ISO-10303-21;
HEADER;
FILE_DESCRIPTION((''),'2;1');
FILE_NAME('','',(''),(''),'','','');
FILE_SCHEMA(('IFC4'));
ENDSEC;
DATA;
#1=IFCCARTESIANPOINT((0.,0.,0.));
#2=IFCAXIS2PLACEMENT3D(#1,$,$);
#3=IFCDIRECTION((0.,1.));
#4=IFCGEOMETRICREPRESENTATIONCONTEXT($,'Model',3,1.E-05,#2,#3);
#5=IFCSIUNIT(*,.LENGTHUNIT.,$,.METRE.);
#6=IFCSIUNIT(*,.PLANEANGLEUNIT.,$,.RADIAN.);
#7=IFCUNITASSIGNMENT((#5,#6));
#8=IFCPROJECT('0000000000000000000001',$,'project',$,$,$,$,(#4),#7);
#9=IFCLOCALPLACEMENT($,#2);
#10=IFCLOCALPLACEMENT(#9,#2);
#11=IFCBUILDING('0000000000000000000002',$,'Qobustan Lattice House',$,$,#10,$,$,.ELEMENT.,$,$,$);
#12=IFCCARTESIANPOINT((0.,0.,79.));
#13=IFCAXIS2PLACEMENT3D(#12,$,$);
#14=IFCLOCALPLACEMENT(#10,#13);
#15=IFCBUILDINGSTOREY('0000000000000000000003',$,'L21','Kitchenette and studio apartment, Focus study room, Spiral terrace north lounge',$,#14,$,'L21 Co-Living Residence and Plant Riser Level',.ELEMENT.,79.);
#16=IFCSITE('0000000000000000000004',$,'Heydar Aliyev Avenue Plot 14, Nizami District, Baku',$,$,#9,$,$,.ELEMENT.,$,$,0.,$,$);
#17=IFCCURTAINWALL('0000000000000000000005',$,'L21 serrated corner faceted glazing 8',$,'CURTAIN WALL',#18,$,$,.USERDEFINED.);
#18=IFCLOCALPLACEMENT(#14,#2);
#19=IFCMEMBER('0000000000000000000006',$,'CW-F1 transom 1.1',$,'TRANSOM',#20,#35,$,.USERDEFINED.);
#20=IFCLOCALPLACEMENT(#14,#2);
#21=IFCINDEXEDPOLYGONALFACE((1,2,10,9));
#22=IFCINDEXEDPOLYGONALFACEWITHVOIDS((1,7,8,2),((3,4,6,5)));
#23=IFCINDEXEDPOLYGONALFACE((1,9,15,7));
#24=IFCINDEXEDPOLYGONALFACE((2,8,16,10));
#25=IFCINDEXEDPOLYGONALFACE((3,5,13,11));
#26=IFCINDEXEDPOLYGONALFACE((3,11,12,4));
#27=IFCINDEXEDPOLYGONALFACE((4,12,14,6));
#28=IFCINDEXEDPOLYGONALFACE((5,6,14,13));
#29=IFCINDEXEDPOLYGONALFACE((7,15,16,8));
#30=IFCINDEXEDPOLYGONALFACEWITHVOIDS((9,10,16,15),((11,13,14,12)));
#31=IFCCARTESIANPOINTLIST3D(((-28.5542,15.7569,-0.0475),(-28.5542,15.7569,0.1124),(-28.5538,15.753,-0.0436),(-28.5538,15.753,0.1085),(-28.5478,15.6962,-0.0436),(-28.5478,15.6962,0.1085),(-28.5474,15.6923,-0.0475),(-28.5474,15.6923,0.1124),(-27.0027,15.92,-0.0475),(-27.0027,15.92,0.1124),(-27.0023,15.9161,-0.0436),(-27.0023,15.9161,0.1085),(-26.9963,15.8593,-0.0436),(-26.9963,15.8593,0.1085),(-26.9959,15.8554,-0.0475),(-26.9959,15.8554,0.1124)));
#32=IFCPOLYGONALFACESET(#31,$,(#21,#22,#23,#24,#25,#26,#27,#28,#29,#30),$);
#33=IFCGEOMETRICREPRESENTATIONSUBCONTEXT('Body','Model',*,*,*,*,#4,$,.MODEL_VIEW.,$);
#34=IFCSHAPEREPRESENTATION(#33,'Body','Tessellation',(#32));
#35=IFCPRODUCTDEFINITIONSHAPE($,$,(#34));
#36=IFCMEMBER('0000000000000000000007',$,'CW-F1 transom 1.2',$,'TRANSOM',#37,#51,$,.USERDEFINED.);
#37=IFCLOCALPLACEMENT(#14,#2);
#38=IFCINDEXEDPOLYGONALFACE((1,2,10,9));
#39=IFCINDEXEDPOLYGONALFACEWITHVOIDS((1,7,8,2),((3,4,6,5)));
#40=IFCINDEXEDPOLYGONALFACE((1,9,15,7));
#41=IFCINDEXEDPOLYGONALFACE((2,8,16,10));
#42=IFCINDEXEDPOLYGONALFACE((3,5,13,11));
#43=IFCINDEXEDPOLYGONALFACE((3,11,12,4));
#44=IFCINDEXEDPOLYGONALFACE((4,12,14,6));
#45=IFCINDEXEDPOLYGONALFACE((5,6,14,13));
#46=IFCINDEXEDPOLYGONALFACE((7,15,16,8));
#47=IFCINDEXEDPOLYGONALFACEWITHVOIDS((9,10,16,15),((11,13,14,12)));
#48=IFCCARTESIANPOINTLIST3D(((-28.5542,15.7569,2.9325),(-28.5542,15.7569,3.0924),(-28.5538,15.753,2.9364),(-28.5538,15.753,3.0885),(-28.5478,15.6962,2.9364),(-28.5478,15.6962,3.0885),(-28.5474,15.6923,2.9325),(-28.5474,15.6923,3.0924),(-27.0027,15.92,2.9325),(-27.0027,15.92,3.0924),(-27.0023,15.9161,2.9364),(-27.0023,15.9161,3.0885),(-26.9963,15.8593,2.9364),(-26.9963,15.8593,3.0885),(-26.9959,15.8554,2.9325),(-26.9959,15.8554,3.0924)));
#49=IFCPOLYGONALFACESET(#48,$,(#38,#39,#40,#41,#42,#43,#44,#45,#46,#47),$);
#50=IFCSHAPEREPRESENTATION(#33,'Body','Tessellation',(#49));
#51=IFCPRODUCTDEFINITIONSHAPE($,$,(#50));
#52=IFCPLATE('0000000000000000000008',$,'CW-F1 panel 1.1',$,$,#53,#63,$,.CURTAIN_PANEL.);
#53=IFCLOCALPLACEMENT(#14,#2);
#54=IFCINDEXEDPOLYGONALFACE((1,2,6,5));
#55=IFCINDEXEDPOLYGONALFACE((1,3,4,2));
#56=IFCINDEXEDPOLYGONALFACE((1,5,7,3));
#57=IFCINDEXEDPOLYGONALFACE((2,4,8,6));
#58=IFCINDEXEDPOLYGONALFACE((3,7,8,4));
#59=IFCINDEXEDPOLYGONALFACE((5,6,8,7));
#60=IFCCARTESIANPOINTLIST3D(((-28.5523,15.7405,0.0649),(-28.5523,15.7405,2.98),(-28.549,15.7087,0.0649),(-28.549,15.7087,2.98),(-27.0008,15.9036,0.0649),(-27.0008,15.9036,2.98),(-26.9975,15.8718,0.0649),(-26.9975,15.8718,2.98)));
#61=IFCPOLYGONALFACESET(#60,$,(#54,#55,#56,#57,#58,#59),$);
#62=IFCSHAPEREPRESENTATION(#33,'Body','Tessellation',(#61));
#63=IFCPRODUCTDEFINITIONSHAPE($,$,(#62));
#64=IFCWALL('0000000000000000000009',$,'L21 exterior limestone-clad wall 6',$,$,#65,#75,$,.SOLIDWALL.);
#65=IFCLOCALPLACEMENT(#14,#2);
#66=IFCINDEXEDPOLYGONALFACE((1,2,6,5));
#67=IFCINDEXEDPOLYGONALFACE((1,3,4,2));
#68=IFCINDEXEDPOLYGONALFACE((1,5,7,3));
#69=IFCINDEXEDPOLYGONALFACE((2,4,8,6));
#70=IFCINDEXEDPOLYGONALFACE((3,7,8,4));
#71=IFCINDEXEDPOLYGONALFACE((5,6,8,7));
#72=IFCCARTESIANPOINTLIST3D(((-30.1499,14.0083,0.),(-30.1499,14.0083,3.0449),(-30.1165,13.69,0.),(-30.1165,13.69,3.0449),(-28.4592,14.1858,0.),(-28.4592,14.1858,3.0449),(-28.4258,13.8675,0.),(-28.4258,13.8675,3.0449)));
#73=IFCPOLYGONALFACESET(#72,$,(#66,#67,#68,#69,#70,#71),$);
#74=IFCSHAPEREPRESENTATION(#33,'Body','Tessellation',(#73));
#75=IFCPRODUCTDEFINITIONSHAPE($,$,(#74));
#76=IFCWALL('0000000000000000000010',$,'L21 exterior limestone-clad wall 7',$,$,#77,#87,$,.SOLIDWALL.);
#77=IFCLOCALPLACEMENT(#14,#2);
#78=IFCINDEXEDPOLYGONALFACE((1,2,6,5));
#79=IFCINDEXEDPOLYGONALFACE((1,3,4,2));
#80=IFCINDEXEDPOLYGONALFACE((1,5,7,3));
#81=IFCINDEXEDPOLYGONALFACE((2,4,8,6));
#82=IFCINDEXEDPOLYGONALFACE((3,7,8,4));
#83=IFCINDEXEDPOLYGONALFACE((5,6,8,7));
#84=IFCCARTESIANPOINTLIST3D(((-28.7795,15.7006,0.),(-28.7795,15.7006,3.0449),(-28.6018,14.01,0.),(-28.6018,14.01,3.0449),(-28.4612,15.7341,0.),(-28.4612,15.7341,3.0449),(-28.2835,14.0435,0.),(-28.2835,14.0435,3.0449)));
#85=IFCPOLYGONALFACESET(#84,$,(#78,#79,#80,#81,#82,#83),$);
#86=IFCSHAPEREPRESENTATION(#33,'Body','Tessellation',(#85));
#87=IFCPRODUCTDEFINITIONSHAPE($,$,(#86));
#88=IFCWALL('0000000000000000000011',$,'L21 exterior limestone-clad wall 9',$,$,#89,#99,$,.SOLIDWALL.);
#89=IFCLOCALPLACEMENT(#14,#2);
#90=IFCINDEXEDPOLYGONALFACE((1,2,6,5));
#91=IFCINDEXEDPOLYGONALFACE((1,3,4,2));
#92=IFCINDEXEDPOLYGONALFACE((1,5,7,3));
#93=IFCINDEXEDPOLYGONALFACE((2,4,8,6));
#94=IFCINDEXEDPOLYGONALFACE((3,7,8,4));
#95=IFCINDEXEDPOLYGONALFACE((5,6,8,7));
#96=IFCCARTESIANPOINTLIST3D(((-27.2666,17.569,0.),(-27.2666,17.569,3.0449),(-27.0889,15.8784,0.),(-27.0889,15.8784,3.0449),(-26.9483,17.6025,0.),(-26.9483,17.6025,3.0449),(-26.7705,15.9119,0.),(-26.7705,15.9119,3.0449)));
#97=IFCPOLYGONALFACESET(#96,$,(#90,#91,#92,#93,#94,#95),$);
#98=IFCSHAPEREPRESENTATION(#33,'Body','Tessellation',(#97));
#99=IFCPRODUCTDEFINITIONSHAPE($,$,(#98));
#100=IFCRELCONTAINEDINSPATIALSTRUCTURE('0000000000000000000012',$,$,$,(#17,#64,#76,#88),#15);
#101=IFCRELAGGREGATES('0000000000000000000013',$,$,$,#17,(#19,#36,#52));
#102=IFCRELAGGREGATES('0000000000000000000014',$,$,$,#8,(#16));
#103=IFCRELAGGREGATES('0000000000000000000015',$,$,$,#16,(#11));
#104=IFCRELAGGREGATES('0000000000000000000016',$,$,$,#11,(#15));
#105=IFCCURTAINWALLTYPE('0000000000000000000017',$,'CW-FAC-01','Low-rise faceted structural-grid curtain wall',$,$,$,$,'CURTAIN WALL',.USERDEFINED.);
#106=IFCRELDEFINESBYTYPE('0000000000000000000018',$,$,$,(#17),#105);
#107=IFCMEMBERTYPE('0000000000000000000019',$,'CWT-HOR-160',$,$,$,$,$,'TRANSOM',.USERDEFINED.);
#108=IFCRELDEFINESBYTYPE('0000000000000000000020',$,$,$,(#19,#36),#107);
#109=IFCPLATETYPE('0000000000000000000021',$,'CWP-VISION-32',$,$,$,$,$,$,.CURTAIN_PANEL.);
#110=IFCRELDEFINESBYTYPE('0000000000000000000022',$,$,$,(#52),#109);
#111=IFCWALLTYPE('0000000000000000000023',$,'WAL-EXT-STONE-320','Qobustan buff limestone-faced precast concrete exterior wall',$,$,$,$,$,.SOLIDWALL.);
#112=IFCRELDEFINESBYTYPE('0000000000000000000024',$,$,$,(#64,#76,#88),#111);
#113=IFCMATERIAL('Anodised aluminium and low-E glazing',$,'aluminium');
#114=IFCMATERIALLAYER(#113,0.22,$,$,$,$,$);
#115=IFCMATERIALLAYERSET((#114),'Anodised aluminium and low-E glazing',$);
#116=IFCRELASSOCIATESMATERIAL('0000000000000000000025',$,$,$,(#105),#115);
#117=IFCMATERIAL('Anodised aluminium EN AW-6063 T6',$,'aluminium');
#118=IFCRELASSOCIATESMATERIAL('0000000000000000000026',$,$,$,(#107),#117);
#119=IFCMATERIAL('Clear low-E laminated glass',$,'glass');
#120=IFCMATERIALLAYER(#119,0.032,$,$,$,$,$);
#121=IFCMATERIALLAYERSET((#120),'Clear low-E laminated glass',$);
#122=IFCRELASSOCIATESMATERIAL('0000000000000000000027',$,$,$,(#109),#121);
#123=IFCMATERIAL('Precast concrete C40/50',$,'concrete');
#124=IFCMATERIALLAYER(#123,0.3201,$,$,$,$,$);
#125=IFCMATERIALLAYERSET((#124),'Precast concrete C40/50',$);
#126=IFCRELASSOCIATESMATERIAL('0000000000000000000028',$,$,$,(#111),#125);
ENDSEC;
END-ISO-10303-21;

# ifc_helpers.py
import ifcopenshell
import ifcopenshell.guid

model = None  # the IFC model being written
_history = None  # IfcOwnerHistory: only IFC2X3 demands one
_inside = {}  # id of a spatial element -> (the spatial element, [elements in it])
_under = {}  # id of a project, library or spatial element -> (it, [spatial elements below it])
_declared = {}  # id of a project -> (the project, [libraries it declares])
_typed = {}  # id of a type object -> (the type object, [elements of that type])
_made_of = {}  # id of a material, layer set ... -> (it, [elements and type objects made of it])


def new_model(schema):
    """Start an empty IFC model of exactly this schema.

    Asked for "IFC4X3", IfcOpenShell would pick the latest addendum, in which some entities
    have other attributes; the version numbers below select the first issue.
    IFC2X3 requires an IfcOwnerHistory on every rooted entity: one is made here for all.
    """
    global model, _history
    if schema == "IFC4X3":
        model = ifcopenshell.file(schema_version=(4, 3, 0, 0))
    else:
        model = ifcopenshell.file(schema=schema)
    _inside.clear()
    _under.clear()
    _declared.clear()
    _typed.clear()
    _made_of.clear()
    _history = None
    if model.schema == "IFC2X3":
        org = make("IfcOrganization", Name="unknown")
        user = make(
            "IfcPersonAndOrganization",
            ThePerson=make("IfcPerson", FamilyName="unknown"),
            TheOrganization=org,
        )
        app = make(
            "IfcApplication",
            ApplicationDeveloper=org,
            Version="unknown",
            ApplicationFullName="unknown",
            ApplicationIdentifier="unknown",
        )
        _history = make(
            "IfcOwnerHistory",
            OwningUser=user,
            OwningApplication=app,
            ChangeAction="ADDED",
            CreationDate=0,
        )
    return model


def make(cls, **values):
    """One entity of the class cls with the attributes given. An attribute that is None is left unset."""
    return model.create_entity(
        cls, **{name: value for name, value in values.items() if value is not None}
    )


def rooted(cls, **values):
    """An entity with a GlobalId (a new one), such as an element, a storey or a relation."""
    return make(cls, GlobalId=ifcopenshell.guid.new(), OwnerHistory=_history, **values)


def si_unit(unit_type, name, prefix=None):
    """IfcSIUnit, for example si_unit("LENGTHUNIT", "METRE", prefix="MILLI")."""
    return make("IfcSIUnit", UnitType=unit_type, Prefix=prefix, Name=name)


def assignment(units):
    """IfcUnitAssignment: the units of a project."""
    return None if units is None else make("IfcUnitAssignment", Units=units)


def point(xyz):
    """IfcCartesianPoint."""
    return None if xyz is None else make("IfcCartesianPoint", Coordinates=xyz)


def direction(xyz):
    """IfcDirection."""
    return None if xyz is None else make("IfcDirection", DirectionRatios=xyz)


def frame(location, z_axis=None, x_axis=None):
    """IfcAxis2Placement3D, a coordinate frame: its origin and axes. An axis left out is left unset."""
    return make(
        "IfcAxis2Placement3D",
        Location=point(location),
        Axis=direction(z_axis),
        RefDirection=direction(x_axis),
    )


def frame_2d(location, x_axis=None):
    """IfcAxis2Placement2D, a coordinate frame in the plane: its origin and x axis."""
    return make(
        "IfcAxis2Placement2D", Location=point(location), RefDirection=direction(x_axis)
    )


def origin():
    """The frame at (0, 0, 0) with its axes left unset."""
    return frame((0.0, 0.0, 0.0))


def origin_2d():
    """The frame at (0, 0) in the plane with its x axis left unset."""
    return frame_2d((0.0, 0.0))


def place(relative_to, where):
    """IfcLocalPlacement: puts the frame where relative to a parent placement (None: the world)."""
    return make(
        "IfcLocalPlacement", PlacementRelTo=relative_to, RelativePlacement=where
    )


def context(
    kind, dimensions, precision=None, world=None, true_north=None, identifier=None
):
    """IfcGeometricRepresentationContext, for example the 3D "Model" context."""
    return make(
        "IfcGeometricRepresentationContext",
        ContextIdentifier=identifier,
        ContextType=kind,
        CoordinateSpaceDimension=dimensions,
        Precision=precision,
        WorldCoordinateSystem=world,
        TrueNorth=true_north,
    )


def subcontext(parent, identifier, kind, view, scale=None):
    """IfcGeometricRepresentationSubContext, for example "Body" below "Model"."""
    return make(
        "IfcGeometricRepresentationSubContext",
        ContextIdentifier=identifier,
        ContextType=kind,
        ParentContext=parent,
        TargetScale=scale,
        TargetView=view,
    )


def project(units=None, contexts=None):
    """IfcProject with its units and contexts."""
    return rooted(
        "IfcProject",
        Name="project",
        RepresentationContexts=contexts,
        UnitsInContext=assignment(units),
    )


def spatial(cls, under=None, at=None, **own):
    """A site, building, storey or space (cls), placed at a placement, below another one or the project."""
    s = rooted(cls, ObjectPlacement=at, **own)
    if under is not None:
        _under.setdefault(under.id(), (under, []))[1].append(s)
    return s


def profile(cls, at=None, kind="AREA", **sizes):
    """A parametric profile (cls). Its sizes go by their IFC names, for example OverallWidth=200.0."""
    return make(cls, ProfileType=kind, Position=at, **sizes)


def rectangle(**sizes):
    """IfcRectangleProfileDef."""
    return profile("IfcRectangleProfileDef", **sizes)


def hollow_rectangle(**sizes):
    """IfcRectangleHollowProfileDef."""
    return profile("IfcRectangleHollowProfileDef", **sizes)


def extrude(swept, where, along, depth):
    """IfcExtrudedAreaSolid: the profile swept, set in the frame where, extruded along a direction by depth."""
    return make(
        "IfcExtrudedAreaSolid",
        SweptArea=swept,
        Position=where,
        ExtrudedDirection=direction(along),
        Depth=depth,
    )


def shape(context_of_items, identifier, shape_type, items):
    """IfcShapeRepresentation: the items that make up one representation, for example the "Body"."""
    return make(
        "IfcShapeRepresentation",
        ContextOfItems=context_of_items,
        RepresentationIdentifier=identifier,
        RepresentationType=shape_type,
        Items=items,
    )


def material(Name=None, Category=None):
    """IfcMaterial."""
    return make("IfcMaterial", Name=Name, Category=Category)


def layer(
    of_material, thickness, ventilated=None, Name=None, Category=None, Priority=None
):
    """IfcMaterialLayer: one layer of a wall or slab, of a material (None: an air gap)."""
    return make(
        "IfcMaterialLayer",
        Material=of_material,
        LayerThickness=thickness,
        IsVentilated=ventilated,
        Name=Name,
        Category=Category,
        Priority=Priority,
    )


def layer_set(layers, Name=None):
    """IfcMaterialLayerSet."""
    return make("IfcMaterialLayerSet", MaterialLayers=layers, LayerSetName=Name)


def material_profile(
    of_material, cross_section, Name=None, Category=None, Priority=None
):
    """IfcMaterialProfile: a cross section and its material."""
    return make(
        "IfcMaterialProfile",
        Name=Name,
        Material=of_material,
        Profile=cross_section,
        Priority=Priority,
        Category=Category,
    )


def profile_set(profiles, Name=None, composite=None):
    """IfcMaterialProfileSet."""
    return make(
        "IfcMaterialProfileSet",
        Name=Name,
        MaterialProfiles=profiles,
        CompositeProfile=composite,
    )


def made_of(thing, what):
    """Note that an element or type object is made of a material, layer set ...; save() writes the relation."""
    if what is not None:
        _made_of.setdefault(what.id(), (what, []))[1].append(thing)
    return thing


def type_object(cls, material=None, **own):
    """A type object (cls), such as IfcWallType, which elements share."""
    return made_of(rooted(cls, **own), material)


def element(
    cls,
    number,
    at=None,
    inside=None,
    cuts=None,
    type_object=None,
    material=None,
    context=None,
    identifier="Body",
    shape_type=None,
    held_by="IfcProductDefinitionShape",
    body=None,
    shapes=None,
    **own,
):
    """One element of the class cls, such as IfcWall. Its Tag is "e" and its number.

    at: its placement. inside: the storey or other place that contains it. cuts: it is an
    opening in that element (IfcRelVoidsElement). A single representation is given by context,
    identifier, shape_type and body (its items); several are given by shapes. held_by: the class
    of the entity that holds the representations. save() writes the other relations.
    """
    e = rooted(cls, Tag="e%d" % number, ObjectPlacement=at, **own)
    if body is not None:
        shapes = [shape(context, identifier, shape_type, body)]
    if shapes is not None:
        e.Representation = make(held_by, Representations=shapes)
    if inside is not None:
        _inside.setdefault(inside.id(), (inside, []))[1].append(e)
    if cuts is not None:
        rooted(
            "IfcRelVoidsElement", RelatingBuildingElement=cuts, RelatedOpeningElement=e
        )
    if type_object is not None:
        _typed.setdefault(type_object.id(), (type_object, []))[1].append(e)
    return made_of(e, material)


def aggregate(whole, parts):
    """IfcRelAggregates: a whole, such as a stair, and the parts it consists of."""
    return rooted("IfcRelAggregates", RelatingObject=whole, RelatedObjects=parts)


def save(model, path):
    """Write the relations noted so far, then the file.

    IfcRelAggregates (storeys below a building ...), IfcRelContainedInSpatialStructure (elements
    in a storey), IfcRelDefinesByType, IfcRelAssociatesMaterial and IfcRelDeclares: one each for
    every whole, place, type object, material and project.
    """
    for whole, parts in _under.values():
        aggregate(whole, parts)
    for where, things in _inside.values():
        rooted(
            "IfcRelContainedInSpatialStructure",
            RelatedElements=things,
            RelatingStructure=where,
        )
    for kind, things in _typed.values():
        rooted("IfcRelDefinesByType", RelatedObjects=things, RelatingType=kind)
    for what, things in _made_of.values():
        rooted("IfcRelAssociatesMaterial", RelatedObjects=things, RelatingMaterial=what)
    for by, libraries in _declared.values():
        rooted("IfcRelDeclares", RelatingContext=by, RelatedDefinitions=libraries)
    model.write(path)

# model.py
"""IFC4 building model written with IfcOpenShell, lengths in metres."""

from ifc_helpers import new_model, si_unit, direction, frame, frame_2d, origin, origin_2d, place, context, subcontext, project, spatial, rectangle, hollow_rectangle, extrude, material, layer, layer_set, material_profile, profile_set, type_object, element, aggregate, save


model = new_model("IFC4")

# Units and contexts
model_context = context("Model", 3, precision=1e-05, world=origin(), true_north=direction((0.0, 1.0)))
body_context = subcontext(model_context, "Body", "Model", "MODEL_VIEW")
ifc_project = project(units=[si_unit("LENGTHUNIT", "METRE"), si_unit("PLANEANGLEUNIT", "RADIAN")], contexts=[model_context])

# Site, building, storey
site_placement = place(None, origin())
site = spatial("IfcSite", under=ifc_project, at=site_placement, Name="Heydar Aliyev Avenue Plot 14, Nizami District, Baku", CompositionType="ELEMENT", RefElevation=0.0)
building_placement = place(site_placement, origin())
building = spatial("IfcBuilding", under=site, at=building_placement, Name="Qobustan Lattice House", CompositionType="ELEMENT")
storey_placement = place(building_placement, frame((0.0, 0.0, 79.0)))
storey = spatial("IfcBuildingStorey", under=building, at=storey_placement, Name="L21", Description="Kitchenette and studio apartment, Focus study room, Spiral terrace north lounge", LongName="L21 Co-Living Residence and Plant Riser Level", CompositionType="ELEMENT", Elevation=79.0)

# Curtain wall, members, plate
ifc_material_1 = material(Name="Anodised aluminium and low-E glazing", Category="aluminium")
ifc_layer_1 = layer(ifc_material_1, 0.22)
ifc_layer_set_1 = layer_set([ifc_layer_1], Name="Anodised aluminium and low-E glazing")
curtain_wall_type = type_object("IfcCurtainWallType", Name="CW-FAC-01", Description="Low-rise faceted structural-grid curtain wall", ElementType="CURTAIN WALL", PredefinedType="USERDEFINED", material=ifc_layer_set_1)
curtain_wall_placement = place(storey_placement, origin())
curtain_wall = element("IfcCurtainWall", 1, at=curtain_wall_placement, inside=storey, type_object=curtain_wall_type, Name="L21 serrated corner faceted glazing 8", ObjectType="CURTAIN WALL", PredefinedType="USERDEFINED")
ifc_material_2 = material(Name="Anodised aluminium EN AW-6063 T6", Category="aluminium")
ifc_material_profile_1 = material_profile(ifc_material_2, hollow_rectangle(XDim=0.0649, YDim=0.1599, WallThickness=0.0039, at=origin_2d()), Name="CWT-160x65")
ifc_profile_set_1 = profile_set([ifc_material_profile_1], Name="Anodised aluminium EN AW-6063 T6")
member_type_1 = type_object("IfcMemberType", Name="CWT-HOR-160", ElementType="TRANSOM", PredefinedType="USERDEFINED", material=ifc_profile_set_1)
member_1_placement = place(storey_placement, frame((-28.5508, 15.7246, 0.0325), z_axis=(0.994521, 0.104538, 0.0), x_axis=(-0.104538, 0.994521, 0.0)))
member_1 = element("IfcMember", 2, at=member_1_placement, type_object=member_type_1, Name="CW-F1 transom 1.1", ObjectType="TRANSOM", PredefinedType="USERDEFINED", context=body_context, shape_type="SweptSolid", body=[
    extrude(hollow_rectangle(XDim=0.0649, YDim=0.1599, WallThickness=0.0039, at=origin_2d()), origin(), (0.0, 0.0, 1.0), 1.5601),
])
member_2_placement = place(storey_placement, frame((-28.5508, 15.7246, 3.0125), z_axis=(0.994521, 0.104538, 0.0), x_axis=(-0.104538, 0.994521, 0.0)))
member_2 = element("IfcMember", 3, at=member_2_placement, type_object=member_type_1, Name="CW-F1 transom 1.2", ObjectType="TRANSOM", PredefinedType="USERDEFINED", context=body_context, shape_type="SweptSolid", body=[
    extrude(hollow_rectangle(XDim=0.0649, YDim=0.1599, WallThickness=0.0039, at=origin_2d()), origin(), (0.0, 0.0, 1.0), 1.5601),
])
ifc_material_3 = material(Name="Clear low-E laminated glass", Category="glass")
ifc_layer_2 = layer(ifc_material_3, 0.032)
ifc_layer_set_2 = layer_set([ifc_layer_2], Name="Clear low-E laminated glass")
plate_type = type_object("IfcPlateType", Name="CWP-VISION-32", PredefinedType="CURTAIN_PANEL", material=ifc_layer_set_2)
plate_placement = place(storey_placement, frame((-27.7749, 15.8062, 0.0649), z_axis=(0.0, 0.0, 1.0), x_axis=(0.994522, 0.104529, 0.0)))
plate = element("IfcPlate", 4, at=plate_placement, type_object=plate_type, Name="CW-F1 panel 1.1", PredefinedType="CURTAIN_PANEL", context=body_context, shape_type="SweptSolid", body=[
    extrude(rectangle(XDim=1.5601, YDim=0.032, at=origin_2d()), origin(), (0.0, 0.0, 1.0), 2.915),
])
aggregate(curtain_wall, [member_1, member_2, plate])

# Walls
ifc_material_4 = material(Name="Precast concrete C40/50", Category="concrete")
ifc_layer_3 = layer(ifc_material_4, 0.3201)
ifc_layer_set_3 = layer_set([ifc_layer_3], Name="Precast concrete C40/50")
wall_type_1 = type_object("IfcWallType", Name="WAL-EXT-STONE-320", Description="Qobustan buff limestone-faced precast concrete exterior wall", PredefinedType="SOLIDWALL", material=ifc_layer_set_3)
for number, where, z_axis, x_axis, name in (
    (5, (-30.1333, 13.8491, 0.0), (0.0, 0.0, 1.0), (0.994535, 0.104408, 0.0), "L21 exterior limestone-clad wall 6"),
    (6, (-28.4426, 14.0266, 0.0), (0.0, 0.0, 1.0), (-0.10455, 0.99452, 0.0), "L21 exterior limestone-clad wall 7"),
    (7, (-26.9297, 15.895, 0.0), (0.0, 0.0, 1.0), (-0.10455, 0.99452, 0.0), "L21 exterior limestone-clad wall 9"),
):
    element("IfcWall", number, at=place(storey_placement, frame(where, z_axis=z_axis, x_axis=x_axis)), inside=storey, type_object=wall_type_1, Name=name, PredefinedType="SOLIDWALL", context=body_context, shape_type="SweptSolid", body=[
        extrude(rectangle(XDim=1.7, YDim=0.3201, at=frame_2d((0.8501, 0.0))), origin(), (0.0, 0.0, 1.0), 3.0449),
    ])

save(model, "model.ifc")
